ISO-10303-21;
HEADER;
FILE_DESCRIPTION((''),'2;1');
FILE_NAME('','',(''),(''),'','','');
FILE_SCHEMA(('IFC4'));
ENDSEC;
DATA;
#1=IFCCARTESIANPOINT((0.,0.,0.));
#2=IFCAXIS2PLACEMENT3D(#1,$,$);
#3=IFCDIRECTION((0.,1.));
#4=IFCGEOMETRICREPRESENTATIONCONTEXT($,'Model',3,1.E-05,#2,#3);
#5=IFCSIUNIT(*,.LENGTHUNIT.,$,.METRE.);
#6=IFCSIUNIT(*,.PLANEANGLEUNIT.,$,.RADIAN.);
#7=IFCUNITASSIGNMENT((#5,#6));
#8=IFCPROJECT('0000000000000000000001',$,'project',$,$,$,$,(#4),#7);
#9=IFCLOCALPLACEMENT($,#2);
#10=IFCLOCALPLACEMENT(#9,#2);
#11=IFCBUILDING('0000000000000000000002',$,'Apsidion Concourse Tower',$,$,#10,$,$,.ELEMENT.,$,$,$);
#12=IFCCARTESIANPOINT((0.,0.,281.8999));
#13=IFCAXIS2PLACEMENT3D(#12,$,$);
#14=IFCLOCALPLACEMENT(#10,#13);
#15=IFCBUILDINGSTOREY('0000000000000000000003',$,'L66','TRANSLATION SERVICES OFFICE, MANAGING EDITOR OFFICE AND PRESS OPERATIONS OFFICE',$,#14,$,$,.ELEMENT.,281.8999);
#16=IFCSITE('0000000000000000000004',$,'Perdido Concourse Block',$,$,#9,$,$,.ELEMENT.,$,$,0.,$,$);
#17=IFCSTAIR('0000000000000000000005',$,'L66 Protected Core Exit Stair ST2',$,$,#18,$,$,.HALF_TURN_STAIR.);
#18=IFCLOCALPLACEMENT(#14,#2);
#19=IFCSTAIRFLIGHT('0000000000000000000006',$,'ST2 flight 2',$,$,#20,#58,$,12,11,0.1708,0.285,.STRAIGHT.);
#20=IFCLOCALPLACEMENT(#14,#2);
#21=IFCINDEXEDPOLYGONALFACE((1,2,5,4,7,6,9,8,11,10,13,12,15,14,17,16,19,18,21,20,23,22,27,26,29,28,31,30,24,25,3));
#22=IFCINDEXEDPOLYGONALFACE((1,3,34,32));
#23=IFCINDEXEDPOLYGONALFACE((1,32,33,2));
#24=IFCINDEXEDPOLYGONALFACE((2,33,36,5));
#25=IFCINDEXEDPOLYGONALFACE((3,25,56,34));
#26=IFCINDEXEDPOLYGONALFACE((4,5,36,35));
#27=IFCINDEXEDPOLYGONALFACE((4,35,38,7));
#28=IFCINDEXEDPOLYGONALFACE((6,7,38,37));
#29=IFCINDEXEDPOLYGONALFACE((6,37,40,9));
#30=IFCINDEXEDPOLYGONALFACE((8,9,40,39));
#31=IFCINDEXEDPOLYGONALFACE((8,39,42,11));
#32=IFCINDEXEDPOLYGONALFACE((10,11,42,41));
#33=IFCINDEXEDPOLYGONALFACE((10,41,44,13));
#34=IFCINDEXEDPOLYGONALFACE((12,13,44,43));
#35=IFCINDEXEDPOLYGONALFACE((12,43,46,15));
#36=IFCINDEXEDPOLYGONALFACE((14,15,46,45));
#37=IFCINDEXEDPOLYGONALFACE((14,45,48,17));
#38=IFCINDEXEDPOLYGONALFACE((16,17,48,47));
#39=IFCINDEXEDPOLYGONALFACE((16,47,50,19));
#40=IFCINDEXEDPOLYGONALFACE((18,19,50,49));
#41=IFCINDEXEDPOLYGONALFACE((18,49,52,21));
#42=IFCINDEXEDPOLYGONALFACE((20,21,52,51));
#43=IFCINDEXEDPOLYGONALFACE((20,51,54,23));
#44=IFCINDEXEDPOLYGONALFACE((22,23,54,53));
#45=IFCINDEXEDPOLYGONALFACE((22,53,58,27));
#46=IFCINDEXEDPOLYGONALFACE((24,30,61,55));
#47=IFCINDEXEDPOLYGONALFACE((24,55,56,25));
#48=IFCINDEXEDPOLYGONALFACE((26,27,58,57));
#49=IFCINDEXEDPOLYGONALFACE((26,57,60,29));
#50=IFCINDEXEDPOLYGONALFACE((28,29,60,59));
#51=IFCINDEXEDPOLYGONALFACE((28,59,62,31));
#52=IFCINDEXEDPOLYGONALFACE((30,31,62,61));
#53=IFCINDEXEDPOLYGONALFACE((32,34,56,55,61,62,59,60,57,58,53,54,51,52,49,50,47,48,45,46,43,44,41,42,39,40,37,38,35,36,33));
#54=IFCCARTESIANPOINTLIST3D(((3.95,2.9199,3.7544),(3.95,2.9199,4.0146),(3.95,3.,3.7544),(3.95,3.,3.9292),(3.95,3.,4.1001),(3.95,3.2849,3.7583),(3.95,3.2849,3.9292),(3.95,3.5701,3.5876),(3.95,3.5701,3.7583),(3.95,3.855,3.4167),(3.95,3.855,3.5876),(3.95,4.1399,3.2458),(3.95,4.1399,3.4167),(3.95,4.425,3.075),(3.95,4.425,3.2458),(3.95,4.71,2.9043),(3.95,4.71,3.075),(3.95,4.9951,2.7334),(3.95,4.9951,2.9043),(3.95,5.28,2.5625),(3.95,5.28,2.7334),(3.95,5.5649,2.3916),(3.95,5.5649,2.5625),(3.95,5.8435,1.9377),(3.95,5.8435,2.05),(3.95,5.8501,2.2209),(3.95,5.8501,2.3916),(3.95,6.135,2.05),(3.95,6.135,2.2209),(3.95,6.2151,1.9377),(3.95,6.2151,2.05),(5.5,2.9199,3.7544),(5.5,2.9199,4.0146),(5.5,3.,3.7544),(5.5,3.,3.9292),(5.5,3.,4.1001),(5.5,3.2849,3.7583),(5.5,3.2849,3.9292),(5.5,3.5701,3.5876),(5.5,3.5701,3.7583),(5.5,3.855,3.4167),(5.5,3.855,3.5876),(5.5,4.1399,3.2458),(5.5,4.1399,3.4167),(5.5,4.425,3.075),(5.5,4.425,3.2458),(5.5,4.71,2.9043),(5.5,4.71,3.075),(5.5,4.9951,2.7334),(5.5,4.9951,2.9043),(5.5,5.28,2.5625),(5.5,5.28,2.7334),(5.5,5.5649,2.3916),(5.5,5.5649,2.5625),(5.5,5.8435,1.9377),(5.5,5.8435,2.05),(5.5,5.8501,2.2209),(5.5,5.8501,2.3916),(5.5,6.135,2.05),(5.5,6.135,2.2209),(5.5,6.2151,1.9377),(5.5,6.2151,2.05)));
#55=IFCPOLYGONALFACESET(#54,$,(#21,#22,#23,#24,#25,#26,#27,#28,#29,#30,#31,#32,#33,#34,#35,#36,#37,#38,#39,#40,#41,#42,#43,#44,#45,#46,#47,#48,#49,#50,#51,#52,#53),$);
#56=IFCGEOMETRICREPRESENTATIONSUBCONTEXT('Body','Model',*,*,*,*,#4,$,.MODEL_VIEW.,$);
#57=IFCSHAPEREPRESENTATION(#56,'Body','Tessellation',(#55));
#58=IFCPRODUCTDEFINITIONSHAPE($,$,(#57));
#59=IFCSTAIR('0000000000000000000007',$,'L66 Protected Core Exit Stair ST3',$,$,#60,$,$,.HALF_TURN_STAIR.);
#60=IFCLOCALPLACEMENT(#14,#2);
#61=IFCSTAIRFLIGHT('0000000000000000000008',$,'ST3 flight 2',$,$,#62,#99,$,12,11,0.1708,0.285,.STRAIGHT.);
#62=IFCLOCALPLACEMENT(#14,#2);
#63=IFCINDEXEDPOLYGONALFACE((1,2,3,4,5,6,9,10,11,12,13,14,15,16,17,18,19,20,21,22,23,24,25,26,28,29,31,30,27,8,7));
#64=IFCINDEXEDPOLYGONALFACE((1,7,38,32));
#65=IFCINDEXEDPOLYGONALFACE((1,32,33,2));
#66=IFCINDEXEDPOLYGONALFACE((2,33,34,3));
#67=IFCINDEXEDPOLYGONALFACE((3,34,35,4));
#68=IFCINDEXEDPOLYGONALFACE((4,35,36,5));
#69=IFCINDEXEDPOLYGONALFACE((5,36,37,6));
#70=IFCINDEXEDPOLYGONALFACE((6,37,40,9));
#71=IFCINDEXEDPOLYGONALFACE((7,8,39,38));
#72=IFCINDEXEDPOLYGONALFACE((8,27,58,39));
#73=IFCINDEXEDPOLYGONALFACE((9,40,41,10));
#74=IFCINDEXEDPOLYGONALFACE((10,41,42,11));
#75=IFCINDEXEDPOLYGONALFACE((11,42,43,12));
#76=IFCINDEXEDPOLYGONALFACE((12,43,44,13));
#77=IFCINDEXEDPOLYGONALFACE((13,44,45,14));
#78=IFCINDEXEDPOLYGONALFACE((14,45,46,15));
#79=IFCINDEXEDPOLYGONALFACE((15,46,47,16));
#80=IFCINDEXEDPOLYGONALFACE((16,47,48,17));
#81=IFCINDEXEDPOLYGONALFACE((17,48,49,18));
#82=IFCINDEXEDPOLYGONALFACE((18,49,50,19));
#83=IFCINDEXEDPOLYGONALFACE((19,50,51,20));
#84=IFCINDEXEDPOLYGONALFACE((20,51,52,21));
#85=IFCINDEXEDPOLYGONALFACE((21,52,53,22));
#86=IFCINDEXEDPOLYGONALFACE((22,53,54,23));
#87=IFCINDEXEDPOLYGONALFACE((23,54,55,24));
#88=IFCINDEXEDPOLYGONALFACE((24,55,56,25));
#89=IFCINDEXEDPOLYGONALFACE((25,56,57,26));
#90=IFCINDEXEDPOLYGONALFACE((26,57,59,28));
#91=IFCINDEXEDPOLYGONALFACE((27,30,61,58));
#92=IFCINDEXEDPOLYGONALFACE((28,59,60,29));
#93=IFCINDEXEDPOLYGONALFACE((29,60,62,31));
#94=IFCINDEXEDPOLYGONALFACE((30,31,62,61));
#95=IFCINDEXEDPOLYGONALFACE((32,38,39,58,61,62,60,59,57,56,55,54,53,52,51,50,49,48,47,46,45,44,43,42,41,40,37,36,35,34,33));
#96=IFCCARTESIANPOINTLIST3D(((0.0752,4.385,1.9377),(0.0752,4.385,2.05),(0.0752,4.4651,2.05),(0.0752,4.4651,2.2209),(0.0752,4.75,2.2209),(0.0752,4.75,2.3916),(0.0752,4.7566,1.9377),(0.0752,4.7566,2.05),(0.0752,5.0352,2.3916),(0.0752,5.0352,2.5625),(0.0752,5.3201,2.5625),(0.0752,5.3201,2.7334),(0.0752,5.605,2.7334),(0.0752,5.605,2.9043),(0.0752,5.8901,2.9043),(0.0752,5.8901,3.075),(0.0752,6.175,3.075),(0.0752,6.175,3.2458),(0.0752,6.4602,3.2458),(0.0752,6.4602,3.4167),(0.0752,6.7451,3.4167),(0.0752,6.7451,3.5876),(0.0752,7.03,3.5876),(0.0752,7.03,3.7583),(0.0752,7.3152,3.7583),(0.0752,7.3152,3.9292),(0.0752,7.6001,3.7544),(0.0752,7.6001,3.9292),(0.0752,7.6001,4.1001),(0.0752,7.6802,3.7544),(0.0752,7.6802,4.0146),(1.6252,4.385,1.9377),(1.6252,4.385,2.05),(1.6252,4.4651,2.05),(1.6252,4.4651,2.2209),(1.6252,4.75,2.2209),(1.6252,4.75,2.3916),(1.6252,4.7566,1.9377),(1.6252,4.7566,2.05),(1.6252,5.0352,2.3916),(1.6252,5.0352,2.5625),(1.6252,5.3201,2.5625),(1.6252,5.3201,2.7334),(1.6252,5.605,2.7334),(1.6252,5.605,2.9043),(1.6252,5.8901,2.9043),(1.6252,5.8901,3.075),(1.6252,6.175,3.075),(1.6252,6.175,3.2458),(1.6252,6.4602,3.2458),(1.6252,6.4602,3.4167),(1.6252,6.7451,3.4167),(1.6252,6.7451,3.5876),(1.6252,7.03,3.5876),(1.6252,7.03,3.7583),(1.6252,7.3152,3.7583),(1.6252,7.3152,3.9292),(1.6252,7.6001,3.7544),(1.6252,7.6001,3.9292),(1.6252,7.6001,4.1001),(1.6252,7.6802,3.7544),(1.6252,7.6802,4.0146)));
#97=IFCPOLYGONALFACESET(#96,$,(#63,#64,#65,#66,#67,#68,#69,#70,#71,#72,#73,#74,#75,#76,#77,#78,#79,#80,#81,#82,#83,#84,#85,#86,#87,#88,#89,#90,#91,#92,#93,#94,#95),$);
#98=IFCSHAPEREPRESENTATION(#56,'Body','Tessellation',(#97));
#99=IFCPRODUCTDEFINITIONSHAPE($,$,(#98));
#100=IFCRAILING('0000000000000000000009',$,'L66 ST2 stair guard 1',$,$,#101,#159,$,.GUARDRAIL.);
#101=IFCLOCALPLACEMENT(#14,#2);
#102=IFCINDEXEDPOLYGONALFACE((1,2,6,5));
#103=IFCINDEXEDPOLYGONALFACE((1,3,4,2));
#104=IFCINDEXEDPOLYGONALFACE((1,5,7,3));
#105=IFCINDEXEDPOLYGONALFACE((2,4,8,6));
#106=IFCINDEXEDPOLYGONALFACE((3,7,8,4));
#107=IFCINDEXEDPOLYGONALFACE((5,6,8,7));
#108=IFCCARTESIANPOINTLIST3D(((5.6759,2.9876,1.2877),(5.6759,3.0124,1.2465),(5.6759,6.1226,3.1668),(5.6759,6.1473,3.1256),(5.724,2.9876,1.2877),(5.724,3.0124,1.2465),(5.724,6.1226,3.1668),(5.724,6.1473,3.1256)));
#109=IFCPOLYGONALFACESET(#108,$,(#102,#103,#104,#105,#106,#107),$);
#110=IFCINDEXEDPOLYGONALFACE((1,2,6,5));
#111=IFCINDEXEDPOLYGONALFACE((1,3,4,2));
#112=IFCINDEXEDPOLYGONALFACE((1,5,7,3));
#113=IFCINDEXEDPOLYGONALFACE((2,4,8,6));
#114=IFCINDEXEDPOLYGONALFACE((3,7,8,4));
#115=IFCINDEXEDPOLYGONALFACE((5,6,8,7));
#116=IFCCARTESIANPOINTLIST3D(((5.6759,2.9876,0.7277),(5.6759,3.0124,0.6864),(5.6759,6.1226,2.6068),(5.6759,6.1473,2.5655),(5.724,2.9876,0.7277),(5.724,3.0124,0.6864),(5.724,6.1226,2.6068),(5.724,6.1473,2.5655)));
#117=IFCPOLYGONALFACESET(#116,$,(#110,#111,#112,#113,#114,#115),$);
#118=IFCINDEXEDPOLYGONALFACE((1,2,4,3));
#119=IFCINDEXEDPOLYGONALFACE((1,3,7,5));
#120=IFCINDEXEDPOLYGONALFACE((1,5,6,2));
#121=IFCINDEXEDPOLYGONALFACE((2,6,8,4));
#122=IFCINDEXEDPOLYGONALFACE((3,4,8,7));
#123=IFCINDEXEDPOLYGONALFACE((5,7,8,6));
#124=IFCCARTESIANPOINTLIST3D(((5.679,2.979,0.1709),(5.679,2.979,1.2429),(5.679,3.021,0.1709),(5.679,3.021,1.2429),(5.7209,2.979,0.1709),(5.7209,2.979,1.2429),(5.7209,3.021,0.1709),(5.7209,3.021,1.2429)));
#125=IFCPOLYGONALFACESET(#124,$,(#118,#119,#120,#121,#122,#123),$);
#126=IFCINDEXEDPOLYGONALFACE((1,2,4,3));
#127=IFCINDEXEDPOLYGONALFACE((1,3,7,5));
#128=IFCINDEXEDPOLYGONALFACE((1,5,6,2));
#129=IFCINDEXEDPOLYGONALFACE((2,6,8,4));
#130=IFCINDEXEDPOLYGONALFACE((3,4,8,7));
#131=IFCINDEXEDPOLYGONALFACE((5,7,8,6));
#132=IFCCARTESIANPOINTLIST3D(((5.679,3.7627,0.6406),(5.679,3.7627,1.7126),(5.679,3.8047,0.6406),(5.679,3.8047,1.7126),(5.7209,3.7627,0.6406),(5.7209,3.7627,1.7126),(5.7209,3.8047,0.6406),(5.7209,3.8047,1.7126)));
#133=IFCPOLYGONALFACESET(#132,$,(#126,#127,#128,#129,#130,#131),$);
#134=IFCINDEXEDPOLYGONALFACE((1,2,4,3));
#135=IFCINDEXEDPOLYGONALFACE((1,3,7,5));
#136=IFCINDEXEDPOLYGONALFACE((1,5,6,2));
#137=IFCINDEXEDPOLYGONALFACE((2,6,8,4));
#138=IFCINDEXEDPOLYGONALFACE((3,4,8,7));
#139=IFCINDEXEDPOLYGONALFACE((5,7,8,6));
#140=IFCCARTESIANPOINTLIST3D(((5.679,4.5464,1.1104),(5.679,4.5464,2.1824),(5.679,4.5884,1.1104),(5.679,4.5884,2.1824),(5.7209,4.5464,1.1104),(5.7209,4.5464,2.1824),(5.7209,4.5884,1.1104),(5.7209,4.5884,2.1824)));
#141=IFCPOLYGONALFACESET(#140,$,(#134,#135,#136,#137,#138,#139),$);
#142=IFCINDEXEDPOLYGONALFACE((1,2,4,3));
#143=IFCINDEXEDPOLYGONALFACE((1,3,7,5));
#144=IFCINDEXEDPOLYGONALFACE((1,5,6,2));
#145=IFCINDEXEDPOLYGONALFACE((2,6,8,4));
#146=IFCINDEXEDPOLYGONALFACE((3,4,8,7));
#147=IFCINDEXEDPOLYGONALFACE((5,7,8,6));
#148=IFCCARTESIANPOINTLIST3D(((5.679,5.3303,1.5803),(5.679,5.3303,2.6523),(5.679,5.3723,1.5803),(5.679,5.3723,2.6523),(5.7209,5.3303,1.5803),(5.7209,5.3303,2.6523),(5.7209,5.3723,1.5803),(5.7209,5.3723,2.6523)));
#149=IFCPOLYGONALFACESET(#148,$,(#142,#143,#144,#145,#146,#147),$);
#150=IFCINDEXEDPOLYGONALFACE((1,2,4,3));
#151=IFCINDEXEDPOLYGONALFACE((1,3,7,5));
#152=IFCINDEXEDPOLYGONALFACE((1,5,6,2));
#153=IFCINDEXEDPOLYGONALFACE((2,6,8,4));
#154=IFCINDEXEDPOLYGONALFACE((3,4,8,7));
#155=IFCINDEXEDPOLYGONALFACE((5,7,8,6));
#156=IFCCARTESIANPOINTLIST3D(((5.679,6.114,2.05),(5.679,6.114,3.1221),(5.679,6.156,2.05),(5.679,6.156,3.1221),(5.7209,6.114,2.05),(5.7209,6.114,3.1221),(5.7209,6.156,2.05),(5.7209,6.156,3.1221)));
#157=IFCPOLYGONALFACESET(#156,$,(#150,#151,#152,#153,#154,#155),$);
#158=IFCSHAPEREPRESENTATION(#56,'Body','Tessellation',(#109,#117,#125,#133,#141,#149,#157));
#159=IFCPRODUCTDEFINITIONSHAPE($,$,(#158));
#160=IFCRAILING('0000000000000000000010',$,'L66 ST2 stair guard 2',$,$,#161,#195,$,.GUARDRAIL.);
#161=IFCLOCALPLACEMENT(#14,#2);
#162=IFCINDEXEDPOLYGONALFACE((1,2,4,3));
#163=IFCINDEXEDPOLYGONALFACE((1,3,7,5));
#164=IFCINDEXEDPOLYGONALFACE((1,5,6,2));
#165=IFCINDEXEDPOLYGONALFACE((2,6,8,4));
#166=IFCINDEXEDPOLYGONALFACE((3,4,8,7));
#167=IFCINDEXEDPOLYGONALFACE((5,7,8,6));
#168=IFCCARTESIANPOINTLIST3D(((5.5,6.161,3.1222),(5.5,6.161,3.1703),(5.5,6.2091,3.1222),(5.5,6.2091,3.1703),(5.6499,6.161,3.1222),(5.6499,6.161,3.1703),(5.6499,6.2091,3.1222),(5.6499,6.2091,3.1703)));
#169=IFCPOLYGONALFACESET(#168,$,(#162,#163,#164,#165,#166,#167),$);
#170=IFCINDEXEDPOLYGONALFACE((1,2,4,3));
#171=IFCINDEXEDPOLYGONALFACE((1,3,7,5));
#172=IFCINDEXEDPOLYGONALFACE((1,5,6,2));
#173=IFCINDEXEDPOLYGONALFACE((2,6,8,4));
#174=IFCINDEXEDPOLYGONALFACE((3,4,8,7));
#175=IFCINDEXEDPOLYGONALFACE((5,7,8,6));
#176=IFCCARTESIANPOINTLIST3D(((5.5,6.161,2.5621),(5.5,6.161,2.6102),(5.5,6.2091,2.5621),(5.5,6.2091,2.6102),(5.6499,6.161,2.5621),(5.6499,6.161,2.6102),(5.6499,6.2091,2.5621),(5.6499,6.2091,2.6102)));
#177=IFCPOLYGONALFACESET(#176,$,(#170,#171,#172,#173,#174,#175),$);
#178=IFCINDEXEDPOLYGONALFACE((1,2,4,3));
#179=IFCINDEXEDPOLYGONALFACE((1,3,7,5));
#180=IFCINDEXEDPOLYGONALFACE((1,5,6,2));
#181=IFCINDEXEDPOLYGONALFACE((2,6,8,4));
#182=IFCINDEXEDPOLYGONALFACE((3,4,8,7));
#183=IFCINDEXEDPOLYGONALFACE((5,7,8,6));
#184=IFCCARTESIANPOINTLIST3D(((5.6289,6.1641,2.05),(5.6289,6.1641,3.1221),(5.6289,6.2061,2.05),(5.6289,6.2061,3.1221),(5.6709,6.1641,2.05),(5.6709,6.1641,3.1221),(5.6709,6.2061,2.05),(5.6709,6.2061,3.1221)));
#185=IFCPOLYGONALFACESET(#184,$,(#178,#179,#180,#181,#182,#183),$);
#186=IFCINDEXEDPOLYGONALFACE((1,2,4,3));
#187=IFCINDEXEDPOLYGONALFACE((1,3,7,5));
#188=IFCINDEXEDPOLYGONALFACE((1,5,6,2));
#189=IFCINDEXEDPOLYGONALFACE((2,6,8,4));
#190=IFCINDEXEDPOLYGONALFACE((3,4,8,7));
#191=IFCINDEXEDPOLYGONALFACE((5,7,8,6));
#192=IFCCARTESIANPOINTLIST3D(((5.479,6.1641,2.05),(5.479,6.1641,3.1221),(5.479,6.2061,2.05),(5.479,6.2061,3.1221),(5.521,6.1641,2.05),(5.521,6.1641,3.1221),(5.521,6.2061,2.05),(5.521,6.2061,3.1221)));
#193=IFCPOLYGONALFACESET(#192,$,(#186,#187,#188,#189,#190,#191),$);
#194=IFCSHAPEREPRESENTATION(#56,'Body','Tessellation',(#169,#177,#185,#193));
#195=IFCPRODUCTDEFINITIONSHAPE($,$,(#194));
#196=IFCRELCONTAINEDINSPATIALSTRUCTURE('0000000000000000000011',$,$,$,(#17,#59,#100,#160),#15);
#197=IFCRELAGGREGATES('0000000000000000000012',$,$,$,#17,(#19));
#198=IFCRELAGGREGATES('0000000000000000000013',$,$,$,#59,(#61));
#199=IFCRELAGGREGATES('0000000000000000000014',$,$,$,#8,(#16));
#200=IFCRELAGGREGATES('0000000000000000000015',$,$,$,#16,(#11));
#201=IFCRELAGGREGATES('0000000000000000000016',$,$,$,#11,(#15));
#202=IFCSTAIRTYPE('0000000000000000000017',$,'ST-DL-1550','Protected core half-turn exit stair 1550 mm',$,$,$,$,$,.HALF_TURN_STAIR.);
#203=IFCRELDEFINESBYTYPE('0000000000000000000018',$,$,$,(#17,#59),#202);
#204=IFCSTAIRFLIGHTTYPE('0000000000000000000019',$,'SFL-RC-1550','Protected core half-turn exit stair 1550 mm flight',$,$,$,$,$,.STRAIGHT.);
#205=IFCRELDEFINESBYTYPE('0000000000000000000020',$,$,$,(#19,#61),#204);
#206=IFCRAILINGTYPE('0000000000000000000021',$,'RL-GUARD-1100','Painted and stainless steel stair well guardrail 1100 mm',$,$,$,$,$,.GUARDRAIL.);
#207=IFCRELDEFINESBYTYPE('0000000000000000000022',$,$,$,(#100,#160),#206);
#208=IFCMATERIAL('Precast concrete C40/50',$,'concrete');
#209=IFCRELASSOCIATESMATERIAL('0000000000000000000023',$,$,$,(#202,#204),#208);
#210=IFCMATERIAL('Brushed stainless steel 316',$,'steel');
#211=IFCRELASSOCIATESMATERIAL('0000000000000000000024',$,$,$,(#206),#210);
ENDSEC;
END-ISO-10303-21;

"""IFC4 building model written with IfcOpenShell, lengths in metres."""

from ifc_helpers import new_model, si_unit, direction, frame, origin, origin_2d, place, context, subcontext, project, spatial, polyline, rectangle, outline, extrude, material, type_object, element, aggregate, save


model = new_model("IFC4")

# Units and contexts
model_context = context("Model", 3, precision=1e-05, world=origin(), true_north=direction((0.0, 1.0)))
body_context = subcontext(model_context, "Body", "Model", "MODEL_VIEW")
ifc_project = project(units=[si_unit("LENGTHUNIT", "METRE"), si_unit("PLANEANGLEUNIT", "RADIAN")], contexts=[model_context])

# Site, building, storey
site_placement = place(None, origin())
site = spatial("IfcSite", under=ifc_project, at=site_placement, Name="Perdido Concourse Block", CompositionType="ELEMENT", RefElevation=0.0)
building_placement = place(site_placement, origin())
building = spatial("IfcBuilding", under=site, at=building_placement, Name="Apsidion Concourse Tower", CompositionType="ELEMENT")
storey_placement = place(building_placement, frame((0.0, 0.0, 281.8999)))
storey = spatial("IfcBuildingStorey", under=building, at=storey_placement, Name="L66", Description="TRANSLATION SERVICES OFFICE, MANAGING EDITOR OFFICE AND PRESS OPERATIONS OFFICE", CompositionType="ELEMENT", Elevation=281.8999)

# Stair, stair flight
ifc_material_1 = material(Name="Precast concrete C40/50", Category="concrete")
stair_type = type_object("IfcStairType", Name="ST-DL-1550", Description="Protected core half-turn exit stair 1550 mm", PredefinedType="HALF_TURN_STAIR", material=ifc_material_1)
stair_1_placement = place(storey_placement, origin())
stair_1 = element("IfcStair", 1, at=stair_1_placement, inside=storey, type_object=stair_type, Name="L66 Protected Core Exit Stair ST2", PredefinedType="HALF_TURN_STAIR")
stair_flight_type = type_object("IfcStairFlightType", Name="SFL-RC-1550", Description="Protected core half-turn exit stair 1550 mm flight", PredefinedType="STRAIGHT", material=ifc_material_1)
stair_flight_1_placement = place(storey_placement, frame((4.7251, 6.135, 2.05), z_axis=(0.0, 0.0, 1.0), x_axis=(0.0, -1.0, 0.0)))
stair_flight_1 = element("IfcStairFlight", 2, at=stair_flight_1_placement, type_object=stair_flight_type, Name="ST2 flight 2", NumberOfRisers=12, NumberOfTreads=11, PredefinedType="STRAIGHT", RiserHeight=0.1708, TreadLength=0.285, context=body_context, shape_type="SweptSolid", body=[
    extrude(outline(polyline([(-0.0801, -0.1123), (-0.0801, 0.0), (0.0, 0.0), (0.0, 0.1709), (0.2849, 0.1709), (0.2849, 0.3416), (0.5701, 0.3416), (0.5701, 0.5125), (0.855, 0.5125), (0.855, 0.6833), (1.1399, 0.6833), (1.1399, 0.8542), (1.425, 0.8542), (1.425, 1.0249), (1.71, 1.0249), (1.71, 1.1958), (1.9951, 1.1958), (1.9951, 1.3667), (2.28, 1.3667), (2.28, 1.5376), (2.5649, 1.5376), (2.5649, 1.7083), (2.8501, 1.7083), (2.8501, 1.8792), (3.135, 1.8792), (3.135, 2.05), (3.2151, 1.9646), (3.2151, 1.7043), (3.135, 1.7043), (0.2915, 0.0), (0.2915, -0.1123), (-0.0801, -0.1123)])), frame((0.0, 0.7749, 0.0), z_axis=(0.0, -1.0, 0.0), x_axis=(1.0, 0.0, 0.0)), (0.0, 0.0, 1.0), 1.55),
])
aggregate(stair_1, [stair_flight_1])

# Stair, stair flight
stair_2_placement = place(storey_placement, origin())
stair_2 = element("IfcStair", 3, at=stair_2_placement, inside=storey, type_object=stair_type, Name="L66 Protected Core Exit Stair ST3", PredefinedType="HALF_TURN_STAIR")
stair_flight_2_placement = place(storey_placement, frame((0.8501, 4.4651, 2.05), z_axis=(0.0, 0.0, 1.0), x_axis=(0.0, 1.0, 0.0)))
stair_flight_2 = element("IfcStairFlight", 4, at=stair_flight_2_placement, type_object=stair_flight_type, Name="ST3 flight 2", NumberOfRisers=12, NumberOfTreads=11, PredefinedType="STRAIGHT", RiserHeight=0.1708, TreadLength=0.285, context=body_context, shape_type="SweptSolid", body=[
    extrude(outline(polyline([(-0.0801, -0.1123), (-0.0801, 0.0), (0.0, 0.0), (0.0, 0.1709), (0.2849, 0.1709), (0.2849, 0.3416), (0.5701, 0.3416), (0.5701, 0.5125), (0.855, 0.5125), (0.855, 0.6833), (1.1399, 0.6833), (1.1399, 0.8542), (1.425, 0.8542), (1.425, 1.0249), (1.71, 1.0249), (1.71, 1.1958), (1.9951, 1.1958), (1.9951, 1.3667), (2.28, 1.3667), (2.28, 1.5376), (2.5649, 1.5376), (2.5649, 1.7083), (2.8501, 1.7083), (2.8501, 1.8792), (3.135, 1.8792), (3.135, 2.05), (3.2151, 1.9646), (3.2151, 1.7043), (3.135, 1.7043), (0.2915, 0.0), (0.2915, -0.1123), (-0.0801, -0.1123)])), frame((0.0, 0.7749, 0.0), z_axis=(0.0, -1.0, 0.0), x_axis=(1.0, 0.0, 0.0)), (0.0, 0.0, 1.0), 1.55),
])
aggregate(stair_2, [stair_flight_2])

# Railings
ifc_material_2 = material(Name="Brushed stainless steel 316", Category="steel")
railing_type_1 = type_object("IfcRailingType", Name="RL-GUARD-1100", Description="Painted and stainless steel stair well guardrail 1100 mm", PredefinedType="GUARDRAIL", material=ifc_material_2)
railing_1_placement = place(storey_placement, frame((5.7, 3.0, 0.1709)))
element("IfcRailing", 5, at=railing_1_placement, inside=storey, type_object=railing_type_1, Name="L66 ST2 stair guard 1", PredefinedType="GUARDRAIL", context=body_context, shape_type="SweptSolid", body=[
    extrude(rectangle(XDim=0.0481, YDim=0.0481, at=origin_2d()), frame((0.0, 0.0, 1.0962), z_axis=(0.0, 0.857717, 0.514122), x_axis=(-1.0, 0.0, 0.0)), (0.0, 0.0, 1.0), 3.655),
    extrude(rectangle(XDim=0.0481, YDim=0.0481, at=origin_2d()), frame((0.0, 0.0, 0.5361), z_axis=(0.0, 0.857717, 0.514122), x_axis=(-1.0, 0.0, 0.0)), (0.0, 0.0, 1.0), 3.655),
    extrude(rectangle(XDim=0.042, YDim=0.042, at=origin_2d()), origin(), (0.0, 0.0, 1.0), 1.072),
    extrude(rectangle(XDim=0.042, YDim=0.042, at=origin_2d()), frame((0.0, 0.7837, 0.4697)), (0.0, 0.0, 1.0), 1.072),
    extrude(rectangle(XDim=0.042, YDim=0.042, at=origin_2d()), frame((0.0, 1.5674, 0.9395)), (0.0, 0.0, 1.0), 1.072),
    extrude(rectangle(XDim=0.042, YDim=0.042, at=origin_2d()), frame((0.0, 2.3513, 1.4094)), (0.0, 0.0, 1.0), 1.072),
    extrude(rectangle(XDim=0.042, YDim=0.042, at=origin_2d()), frame((0.0, 3.135, 1.8792)), (0.0, 0.0, 1.0), 1.072),
])
railing_2_placement = place(storey_placement, frame((5.6499, 6.1851, 2.05)))
element("IfcRailing", 6, at=railing_2_placement, inside=storey, type_object=railing_type_1, Name="L66 ST2 stair guard 2", PredefinedType="GUARDRAIL", context=body_context, shape_type="SweptSolid", body=[
    extrude(rectangle(XDim=0.0481, YDim=0.0481, at=origin_2d()), frame((0.0, 0.0, 1.0962), z_axis=(-1.0, 0.0, 0.0), x_axis=(0.0, -1.0, 0.0)), (0.0, 0.0, 1.0), 0.1499),
    extrude(rectangle(XDim=0.0481, YDim=0.0481, at=origin_2d()), frame((0.0, 0.0, 0.5361), z_axis=(-1.0, 0.0, 0.0), x_axis=(0.0, -1.0, 0.0)), (0.0, 0.0, 1.0), 0.1499),
    extrude(rectangle(XDim=0.042, YDim=0.042, at=origin_2d()), origin(), (0.0, 0.0, 1.0), 1.072),
    extrude(rectangle(XDim=0.042, YDim=0.042, at=origin_2d()), frame((-0.1499, 0.0, 0.0)), (0.0, 0.0, 1.0), 1.072),
])

save(model, "model.ifc")
